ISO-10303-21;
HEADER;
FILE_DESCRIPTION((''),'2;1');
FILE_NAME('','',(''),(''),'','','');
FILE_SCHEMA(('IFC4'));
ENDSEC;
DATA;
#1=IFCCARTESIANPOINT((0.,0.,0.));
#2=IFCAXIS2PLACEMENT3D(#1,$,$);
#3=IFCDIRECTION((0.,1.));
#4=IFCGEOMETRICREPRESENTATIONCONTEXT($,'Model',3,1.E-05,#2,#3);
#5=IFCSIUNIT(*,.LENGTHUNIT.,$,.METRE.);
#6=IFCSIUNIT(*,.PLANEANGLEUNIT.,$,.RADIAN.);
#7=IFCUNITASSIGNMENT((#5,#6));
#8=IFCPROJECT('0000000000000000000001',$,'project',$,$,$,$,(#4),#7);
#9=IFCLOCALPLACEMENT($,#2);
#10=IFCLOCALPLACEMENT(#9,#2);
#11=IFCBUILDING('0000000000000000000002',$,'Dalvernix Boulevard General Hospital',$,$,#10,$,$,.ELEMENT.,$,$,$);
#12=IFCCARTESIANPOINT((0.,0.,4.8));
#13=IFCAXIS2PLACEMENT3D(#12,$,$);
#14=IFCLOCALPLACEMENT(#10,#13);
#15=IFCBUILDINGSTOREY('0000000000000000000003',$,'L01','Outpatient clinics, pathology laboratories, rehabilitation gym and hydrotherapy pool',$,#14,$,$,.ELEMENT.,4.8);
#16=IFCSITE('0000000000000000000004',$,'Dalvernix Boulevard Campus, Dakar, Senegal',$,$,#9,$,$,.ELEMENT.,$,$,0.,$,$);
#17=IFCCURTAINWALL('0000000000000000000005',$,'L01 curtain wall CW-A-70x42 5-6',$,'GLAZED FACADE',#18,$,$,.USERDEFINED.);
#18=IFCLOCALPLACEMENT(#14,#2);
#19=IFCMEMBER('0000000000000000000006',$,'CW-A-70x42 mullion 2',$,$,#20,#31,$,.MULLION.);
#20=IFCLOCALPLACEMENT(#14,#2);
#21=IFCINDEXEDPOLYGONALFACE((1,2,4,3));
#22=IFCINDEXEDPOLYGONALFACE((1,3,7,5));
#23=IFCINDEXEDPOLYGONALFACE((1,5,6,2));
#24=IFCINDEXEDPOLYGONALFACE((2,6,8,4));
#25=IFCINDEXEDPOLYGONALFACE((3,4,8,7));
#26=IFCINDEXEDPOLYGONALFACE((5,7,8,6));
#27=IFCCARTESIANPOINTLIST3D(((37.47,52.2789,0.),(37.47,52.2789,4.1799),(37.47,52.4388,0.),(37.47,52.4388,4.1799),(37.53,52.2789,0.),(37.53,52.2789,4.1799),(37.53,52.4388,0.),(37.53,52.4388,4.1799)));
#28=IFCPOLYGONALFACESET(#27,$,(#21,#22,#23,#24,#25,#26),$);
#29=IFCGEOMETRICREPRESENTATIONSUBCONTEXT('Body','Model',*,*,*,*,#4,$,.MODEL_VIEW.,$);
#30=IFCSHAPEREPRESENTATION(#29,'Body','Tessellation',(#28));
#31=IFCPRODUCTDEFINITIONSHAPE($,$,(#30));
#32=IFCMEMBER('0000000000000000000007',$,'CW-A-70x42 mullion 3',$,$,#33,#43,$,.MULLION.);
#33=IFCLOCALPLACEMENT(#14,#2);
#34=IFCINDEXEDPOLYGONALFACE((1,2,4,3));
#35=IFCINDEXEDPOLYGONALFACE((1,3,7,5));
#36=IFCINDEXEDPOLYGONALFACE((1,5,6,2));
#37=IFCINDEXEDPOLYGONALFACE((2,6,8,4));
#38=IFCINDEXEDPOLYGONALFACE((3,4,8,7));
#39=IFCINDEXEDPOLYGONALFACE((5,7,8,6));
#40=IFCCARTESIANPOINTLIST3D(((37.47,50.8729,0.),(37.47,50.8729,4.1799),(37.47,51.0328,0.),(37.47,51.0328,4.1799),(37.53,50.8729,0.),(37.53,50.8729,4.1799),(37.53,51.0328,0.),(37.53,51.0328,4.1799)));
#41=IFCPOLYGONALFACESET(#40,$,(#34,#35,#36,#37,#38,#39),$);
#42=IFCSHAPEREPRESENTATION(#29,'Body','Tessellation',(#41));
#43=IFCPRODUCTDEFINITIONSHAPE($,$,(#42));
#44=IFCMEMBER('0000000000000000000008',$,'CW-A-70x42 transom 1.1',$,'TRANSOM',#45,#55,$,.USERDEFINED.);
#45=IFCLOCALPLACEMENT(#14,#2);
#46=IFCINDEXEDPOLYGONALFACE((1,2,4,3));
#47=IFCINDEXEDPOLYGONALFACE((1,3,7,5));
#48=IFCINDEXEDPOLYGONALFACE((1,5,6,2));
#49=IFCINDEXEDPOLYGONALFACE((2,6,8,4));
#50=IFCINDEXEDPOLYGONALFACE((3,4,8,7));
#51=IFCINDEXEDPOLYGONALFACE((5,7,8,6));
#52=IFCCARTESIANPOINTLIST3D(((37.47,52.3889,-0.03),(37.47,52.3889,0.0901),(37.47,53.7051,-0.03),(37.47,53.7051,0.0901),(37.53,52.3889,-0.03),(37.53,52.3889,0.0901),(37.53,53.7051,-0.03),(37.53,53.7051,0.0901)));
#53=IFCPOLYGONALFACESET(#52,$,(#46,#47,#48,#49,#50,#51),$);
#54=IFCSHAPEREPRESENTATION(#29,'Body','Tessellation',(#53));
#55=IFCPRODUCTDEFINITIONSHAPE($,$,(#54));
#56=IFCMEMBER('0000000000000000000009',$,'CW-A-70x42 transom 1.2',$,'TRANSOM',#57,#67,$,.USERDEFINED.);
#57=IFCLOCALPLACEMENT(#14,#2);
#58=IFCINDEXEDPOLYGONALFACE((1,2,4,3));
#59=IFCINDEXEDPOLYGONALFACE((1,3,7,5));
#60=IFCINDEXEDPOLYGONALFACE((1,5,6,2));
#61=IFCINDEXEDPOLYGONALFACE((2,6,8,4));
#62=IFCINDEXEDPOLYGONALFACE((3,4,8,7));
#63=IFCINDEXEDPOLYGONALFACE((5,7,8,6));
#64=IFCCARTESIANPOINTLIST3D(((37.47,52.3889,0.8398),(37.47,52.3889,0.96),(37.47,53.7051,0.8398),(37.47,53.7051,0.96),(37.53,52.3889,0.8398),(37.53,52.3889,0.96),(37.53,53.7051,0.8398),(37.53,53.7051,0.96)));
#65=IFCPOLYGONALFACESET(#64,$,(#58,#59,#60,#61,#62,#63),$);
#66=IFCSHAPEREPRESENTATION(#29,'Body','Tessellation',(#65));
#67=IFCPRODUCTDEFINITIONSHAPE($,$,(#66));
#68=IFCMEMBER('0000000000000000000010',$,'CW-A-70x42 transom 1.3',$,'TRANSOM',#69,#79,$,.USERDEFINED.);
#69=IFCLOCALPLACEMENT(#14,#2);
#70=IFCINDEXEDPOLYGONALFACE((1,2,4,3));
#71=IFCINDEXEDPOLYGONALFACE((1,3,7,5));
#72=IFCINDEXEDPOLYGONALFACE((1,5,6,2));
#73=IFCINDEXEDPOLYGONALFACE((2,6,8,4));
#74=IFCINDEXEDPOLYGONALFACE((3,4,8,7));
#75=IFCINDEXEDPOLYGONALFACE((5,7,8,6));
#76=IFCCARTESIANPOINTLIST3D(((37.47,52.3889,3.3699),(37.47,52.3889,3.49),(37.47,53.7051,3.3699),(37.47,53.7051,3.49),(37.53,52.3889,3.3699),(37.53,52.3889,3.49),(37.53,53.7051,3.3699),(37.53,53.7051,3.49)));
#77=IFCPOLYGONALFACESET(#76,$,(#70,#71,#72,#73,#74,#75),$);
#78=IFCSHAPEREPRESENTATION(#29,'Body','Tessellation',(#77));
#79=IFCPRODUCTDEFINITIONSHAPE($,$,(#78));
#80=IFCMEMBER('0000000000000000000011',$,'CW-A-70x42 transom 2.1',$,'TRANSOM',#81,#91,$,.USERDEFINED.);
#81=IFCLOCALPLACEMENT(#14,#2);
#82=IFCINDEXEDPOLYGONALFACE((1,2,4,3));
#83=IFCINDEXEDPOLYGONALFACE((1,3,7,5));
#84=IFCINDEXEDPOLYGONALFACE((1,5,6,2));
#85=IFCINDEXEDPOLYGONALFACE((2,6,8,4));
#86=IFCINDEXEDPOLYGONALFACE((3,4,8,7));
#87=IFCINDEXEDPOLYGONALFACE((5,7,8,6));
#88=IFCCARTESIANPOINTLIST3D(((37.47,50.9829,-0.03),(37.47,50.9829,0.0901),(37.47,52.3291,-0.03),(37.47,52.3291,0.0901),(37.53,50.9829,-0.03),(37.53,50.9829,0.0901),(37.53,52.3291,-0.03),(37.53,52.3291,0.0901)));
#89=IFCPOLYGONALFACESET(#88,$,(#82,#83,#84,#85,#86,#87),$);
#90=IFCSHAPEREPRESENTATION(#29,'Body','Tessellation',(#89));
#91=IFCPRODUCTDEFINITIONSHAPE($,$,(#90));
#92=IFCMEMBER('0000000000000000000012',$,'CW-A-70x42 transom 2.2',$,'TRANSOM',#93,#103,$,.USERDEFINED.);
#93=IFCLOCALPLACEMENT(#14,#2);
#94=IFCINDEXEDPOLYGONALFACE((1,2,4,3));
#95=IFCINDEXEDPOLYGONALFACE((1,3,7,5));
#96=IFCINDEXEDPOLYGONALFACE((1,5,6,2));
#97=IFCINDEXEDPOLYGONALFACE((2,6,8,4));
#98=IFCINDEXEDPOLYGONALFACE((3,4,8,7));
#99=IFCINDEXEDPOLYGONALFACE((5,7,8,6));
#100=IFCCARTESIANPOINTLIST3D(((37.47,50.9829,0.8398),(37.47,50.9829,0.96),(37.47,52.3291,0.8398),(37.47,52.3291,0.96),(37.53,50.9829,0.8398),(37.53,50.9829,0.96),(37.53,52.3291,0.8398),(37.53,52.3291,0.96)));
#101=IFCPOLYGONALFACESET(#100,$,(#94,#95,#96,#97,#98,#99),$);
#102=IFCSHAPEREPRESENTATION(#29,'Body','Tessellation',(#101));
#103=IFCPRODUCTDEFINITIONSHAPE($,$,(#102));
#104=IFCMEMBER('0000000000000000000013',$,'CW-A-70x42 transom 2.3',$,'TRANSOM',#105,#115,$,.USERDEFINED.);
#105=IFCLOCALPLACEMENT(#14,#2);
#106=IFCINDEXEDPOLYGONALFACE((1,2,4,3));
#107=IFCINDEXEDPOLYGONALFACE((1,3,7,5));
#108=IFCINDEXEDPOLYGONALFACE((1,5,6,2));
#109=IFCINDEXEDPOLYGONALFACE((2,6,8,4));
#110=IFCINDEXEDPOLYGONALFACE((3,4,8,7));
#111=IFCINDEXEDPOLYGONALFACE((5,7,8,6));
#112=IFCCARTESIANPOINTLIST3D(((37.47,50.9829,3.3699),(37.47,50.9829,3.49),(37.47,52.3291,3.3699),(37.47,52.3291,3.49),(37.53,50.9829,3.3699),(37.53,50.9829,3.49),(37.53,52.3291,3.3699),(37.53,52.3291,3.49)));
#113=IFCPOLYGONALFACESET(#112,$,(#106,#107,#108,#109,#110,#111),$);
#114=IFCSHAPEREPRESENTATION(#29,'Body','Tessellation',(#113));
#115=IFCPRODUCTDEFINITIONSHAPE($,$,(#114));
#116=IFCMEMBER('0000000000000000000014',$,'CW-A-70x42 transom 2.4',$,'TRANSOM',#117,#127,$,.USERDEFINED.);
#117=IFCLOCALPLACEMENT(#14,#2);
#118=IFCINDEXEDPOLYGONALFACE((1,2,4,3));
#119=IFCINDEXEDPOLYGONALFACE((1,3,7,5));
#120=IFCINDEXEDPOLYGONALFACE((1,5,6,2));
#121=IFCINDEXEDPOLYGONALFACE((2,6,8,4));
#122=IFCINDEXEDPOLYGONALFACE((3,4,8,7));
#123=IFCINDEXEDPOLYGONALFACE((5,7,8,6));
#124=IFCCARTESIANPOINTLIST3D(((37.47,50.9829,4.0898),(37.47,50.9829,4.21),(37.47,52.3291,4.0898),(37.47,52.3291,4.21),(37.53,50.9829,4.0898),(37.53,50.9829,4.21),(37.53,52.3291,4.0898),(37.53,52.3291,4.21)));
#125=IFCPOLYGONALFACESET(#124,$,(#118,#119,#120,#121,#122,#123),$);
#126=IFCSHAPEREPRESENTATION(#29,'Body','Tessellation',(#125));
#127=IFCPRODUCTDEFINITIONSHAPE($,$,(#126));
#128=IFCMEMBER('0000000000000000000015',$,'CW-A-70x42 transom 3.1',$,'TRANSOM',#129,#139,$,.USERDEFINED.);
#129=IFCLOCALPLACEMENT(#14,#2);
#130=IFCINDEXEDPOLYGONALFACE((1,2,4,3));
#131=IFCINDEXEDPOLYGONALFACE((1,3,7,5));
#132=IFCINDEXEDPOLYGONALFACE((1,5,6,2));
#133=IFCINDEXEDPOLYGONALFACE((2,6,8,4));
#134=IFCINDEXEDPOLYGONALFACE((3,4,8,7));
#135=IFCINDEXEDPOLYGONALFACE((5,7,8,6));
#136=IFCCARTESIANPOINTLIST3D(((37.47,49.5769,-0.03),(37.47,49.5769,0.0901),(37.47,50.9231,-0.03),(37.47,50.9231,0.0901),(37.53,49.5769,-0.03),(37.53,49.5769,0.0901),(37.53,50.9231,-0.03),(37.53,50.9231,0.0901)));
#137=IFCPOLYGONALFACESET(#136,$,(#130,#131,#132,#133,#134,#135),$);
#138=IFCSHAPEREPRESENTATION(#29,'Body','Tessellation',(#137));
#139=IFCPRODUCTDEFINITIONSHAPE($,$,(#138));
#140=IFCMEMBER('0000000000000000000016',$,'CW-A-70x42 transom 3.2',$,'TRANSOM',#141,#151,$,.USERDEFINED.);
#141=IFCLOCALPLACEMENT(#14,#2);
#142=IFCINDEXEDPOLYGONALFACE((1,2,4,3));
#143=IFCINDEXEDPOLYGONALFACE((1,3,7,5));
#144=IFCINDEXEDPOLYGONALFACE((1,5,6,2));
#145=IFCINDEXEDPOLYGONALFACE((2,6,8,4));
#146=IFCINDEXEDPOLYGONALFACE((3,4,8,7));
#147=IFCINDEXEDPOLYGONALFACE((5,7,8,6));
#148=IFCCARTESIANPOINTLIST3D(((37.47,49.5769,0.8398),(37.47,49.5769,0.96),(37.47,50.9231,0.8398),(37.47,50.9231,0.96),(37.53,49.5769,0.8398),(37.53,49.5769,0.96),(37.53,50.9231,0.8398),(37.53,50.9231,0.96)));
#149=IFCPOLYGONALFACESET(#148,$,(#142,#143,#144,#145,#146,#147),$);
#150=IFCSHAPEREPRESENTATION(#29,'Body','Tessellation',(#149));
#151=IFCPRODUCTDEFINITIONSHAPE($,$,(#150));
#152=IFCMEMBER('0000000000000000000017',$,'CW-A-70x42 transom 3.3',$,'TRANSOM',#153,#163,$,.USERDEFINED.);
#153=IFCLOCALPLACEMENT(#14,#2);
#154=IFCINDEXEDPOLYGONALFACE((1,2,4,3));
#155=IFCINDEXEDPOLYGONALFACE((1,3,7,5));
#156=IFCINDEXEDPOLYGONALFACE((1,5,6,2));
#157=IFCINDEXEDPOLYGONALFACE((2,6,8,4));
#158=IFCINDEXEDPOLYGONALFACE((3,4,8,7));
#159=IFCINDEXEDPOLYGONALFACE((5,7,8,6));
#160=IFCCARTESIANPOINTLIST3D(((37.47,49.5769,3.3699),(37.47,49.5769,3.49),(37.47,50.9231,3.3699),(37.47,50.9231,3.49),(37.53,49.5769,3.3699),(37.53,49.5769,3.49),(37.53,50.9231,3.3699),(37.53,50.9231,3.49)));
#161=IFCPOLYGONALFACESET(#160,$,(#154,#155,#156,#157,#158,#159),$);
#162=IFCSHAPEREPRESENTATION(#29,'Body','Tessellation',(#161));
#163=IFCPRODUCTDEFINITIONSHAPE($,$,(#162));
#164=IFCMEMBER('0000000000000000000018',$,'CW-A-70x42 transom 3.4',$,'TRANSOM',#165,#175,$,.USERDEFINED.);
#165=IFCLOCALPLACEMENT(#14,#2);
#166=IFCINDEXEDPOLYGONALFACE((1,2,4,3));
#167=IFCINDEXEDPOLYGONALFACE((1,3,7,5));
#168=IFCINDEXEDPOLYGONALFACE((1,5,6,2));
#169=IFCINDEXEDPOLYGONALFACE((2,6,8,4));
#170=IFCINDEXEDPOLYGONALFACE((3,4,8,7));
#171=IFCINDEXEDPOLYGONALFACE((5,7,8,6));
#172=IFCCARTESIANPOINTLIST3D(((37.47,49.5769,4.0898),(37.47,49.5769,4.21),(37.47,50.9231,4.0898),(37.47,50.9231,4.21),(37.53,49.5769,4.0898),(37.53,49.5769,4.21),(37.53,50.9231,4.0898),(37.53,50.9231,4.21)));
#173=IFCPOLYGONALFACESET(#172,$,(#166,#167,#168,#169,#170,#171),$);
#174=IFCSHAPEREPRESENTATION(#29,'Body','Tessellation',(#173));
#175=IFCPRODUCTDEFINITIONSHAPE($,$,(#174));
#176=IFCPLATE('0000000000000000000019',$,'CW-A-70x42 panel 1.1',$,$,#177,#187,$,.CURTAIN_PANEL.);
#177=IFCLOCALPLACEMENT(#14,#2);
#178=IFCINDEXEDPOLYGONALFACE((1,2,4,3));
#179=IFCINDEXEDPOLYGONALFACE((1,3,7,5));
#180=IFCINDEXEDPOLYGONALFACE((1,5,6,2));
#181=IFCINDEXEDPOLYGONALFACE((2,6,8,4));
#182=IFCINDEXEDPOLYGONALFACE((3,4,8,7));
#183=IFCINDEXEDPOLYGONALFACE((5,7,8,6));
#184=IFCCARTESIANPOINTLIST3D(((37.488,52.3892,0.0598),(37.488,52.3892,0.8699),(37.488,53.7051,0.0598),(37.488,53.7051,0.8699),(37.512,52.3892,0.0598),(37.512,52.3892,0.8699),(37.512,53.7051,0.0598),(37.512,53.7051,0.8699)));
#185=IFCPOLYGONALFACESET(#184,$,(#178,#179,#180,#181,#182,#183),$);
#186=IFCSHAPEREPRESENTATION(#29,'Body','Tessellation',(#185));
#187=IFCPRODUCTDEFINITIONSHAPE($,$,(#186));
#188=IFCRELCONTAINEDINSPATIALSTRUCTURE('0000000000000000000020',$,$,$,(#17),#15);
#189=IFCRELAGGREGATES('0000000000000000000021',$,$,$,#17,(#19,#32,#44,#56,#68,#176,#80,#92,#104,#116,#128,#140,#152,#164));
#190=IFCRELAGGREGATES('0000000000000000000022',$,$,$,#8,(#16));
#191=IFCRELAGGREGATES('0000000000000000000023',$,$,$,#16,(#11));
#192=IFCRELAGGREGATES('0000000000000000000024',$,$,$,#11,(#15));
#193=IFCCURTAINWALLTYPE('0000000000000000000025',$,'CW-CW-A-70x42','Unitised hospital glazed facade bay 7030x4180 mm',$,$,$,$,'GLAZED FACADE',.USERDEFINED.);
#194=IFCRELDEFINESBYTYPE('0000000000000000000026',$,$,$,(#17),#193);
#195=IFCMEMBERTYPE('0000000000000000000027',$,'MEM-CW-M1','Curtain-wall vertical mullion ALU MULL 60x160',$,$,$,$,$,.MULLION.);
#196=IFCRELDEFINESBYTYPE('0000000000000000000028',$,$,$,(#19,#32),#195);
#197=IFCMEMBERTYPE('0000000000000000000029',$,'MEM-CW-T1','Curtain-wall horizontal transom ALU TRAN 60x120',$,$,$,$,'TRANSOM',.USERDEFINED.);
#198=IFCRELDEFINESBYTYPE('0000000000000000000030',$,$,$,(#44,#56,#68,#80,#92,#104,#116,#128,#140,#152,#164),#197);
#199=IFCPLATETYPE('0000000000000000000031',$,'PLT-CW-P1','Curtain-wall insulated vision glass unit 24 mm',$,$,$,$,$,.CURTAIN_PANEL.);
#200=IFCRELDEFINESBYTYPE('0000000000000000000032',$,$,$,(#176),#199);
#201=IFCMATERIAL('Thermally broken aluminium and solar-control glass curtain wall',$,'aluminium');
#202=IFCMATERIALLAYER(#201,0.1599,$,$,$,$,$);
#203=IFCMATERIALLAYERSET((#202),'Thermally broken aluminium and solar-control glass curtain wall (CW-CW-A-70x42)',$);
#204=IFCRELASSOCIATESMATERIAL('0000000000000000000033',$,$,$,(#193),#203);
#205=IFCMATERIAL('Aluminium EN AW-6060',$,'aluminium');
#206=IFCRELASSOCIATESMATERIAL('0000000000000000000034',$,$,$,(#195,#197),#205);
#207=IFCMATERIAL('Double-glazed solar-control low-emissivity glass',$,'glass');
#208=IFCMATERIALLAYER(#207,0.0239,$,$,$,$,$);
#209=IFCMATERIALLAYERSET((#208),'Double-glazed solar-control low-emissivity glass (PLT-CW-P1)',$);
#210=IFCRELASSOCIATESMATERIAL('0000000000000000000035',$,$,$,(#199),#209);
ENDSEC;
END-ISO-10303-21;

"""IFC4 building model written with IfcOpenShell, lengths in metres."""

from ifc_helpers import new_model, si_unit, direction, frame, origin, origin_2d, place, context, subcontext, project, spatial, rectangle, extrude, material, layer, layer_set, material_profile, profile_set, type_object, element, aggregate, save


model = new_model("IFC4")

# Units and contexts
model_context = context("Model", 3, precision=1e-05, world=origin(), true_north=direction((0.0, 1.0)))
body_context = subcontext(model_context, "Body", "Model", "MODEL_VIEW")
ifc_project = project(units=[si_unit("LENGTHUNIT", "METRE"), si_unit("PLANEANGLEUNIT", "RADIAN")], contexts=[model_context])

# Site, building, storey
site_placement = place(None, origin())
site = spatial("IfcSite", under=ifc_project, at=site_placement, Name="Dalvernix Boulevard Campus, Dakar, Senegal", CompositionType="ELEMENT", RefElevation=0.0)
building_placement = place(site_placement, origin())
building = spatial("IfcBuilding", under=site, at=building_placement, Name="Dalvernix Boulevard General Hospital", CompositionType="ELEMENT")
storey_placement = place(building_placement, frame((0.0, 0.0, 4.8)))
storey = spatial("IfcBuildingStorey", under=building, at=storey_placement, Name="L01", Description="Outpatient clinics, pathology laboratories, rehabilitation gym and hydrotherapy pool", CompositionType="ELEMENT", Elevation=4.8)

# Curtain wall, members, plate
ifc_material_1 = material(Name="Thermally broken aluminium and solar-control glass curtain wall", Category="aluminium")
ifc_layer_1 = layer(ifc_material_1, 0.1599)
ifc_layer_set_1 = layer_set([ifc_layer_1], Name="Thermally broken aluminium and solar-control glass curtain wall (CW-CW-A-70x42)")
curtain_wall_type = type_object("IfcCurtainWallType", Name="CW-CW-A-70x42", Description="Unitised hospital glazed facade bay 7030x4180 mm", ElementType="GLAZED FACADE", PredefinedType="USERDEFINED", material=ifc_layer_set_1)
curtain_wall_placement = place(storey_placement, origin())
curtain_wall = element("IfcCurtainWall", 1, at=curtain_wall_placement, inside=storey, type_object=curtain_wall_type, Name="L01 curtain wall CW-A-70x42 5-6", ObjectType="GLAZED FACADE", PredefinedType="USERDEFINED")
ifc_material_2 = material(Name="Aluminium EN AW-6060", Category="aluminium")
ifc_material_profile_1 = material_profile(ifc_material_2, rectangle(XDim=0.0601, YDim=0.1599, at=origin_2d()), Name="ALU MULL 60x160")
ifc_profile_set_1 = profile_set([ifc_material_profile_1], Name="Aluminium EN AW-6060")
member_type_1 = type_object("IfcMemberType", Name="MEM-CW-M1", Description="Curtain-wall vertical mullion ALU MULL 60x160", PredefinedType="MULLION", material=ifc_profile_set_1)
member_1_placement = place(storey_placement, frame((37.5, 52.3589, 0.0), z_axis=(0.0, 0.0, 1.0), x_axis=(1.0, 0.0, 0.0)))
member_1 = element("IfcMember", 2, at=member_1_placement, type_object=member_type_1, Name="CW-A-70x42 mullion 2", PredefinedType="MULLION", context=body_context, shape_type="SweptSolid", body=[
    extrude(rectangle(XDim=0.0601, YDim=0.1599, at=origin_2d()), origin(), (0.0, 0.0, 1.0), 4.1799),
])
member_2_placement = place(storey_placement, frame((37.5, 50.9529, 0.0), z_axis=(0.0, 0.0, 1.0), x_axis=(1.0, 0.0, 0.0)))
member_2 = element("IfcMember", 3, at=member_2_placement, type_object=member_type_1, Name="CW-A-70x42 mullion 3", PredefinedType="MULLION", context=body_context, shape_type="SweptSolid", body=[
    extrude(rectangle(XDim=0.0601, YDim=0.1599, at=origin_2d()), origin(), (0.0, 0.0, 1.0), 4.1799),
])
ifc_material_profile_2 = material_profile(ifc_material_2, rectangle(XDim=0.0601, YDim=0.1201, at=origin_2d()), Name="ALU TRAN 60x120")
ifc_profile_set_2 = profile_set([ifc_material_profile_2], Name="Aluminium EN AW-6060")
member_type_2 = type_object("IfcMemberType", Name="MEM-CW-T1", Description="Curtain-wall horizontal transom ALU TRAN 60x120", ElementType="TRANSOM", PredefinedType="USERDEFINED", material=ifc_profile_set_2)
member_3_placement = place(storey_placement, frame((37.5, 53.7051, 0.03), z_axis=(0.0, -1.0, 0.0), x_axis=(1.0, 0.0, 0.0)))
member_3 = element("IfcMember", 4, at=member_3_placement, type_object=member_type_2, Name="CW-A-70x42 transom 1.1", ObjectType="TRANSOM", PredefinedType="USERDEFINED", context=body_context, shape_type="SweptSolid", body=[
    extrude(rectangle(XDim=0.0601, YDim=0.1201, at=origin_2d()), origin(), (0.0, 0.0, 1.0), 1.3162),
])
member_4_placement = place(storey_placement, frame((37.5, 53.7051, 0.8999), z_axis=(0.0, -1.0, 0.0), x_axis=(1.0, 0.0, 0.0)))
member_4 = element("IfcMember", 5, at=member_4_placement, type_object=member_type_2, Name="CW-A-70x42 transom 1.2", ObjectType="TRANSOM", PredefinedType="USERDEFINED", context=body_context, shape_type="SweptSolid", body=[
    extrude(rectangle(XDim=0.0601, YDim=0.1201, at=origin_2d()), origin(), (0.0, 0.0, 1.0), 1.3162),
])
member_5_placement = place(storey_placement, frame((37.5, 53.7051, 3.4299), z_axis=(0.0, -1.0, 0.0), x_axis=(1.0, 0.0, 0.0)))
member_5 = element("IfcMember", 6, at=member_5_placement, type_object=member_type_2, Name="CW-A-70x42 transom 1.3", ObjectType="TRANSOM", PredefinedType="USERDEFINED", context=body_context, shape_type="SweptSolid", body=[
    extrude(rectangle(XDim=0.0601, YDim=0.1201, at=origin_2d()), origin(), (0.0, 0.0, 1.0), 1.3162),
])
member_6_placement = place(storey_placement, frame((37.5, 52.3291, 0.03), z_axis=(0.0, -1.0, 0.0), x_axis=(1.0, 0.0, 0.0)))
member_6 = element("IfcMember", 7, at=member_6_placement, type_object=member_type_2, Name="CW-A-70x42 transom 2.1", ObjectType="TRANSOM", PredefinedType="USERDEFINED", context=body_context, shape_type="SweptSolid", body=[
    extrude(rectangle(XDim=0.0601, YDim=0.1201, at=origin_2d()), origin(), (0.0, 0.0, 1.0), 1.3462),
])
member_7_placement = place(storey_placement, frame((37.5, 52.3291, 0.8999), z_axis=(0.0, -1.0, 0.0), x_axis=(1.0, 0.0, 0.0)))
member_7 = element("IfcMember", 8, at=member_7_placement, type_object=member_type_2, Name="CW-A-70x42 transom 2.2", ObjectType="TRANSOM", PredefinedType="USERDEFINED", context=body_context, shape_type="SweptSolid", body=[
    extrude(rectangle(XDim=0.0601, YDim=0.1201, at=origin_2d()), origin(), (0.0, 0.0, 1.0), 1.3462),
])
member_8_placement = place(storey_placement, frame((37.5, 52.3291, 3.4299), z_axis=(0.0, -1.0, 0.0), x_axis=(1.0, 0.0, 0.0)))
member_8 = element("IfcMember", 9, at=member_8_placement, type_object=member_type_2, Name="CW-A-70x42 transom 2.3", ObjectType="TRANSOM", PredefinedType="USERDEFINED", context=body_context, shape_type="SweptSolid", body=[
    extrude(rectangle(XDim=0.0601, YDim=0.1201, at=origin_2d()), origin(), (0.0, 0.0, 1.0), 1.3462),
])
member_9_placement = place(storey_placement, frame((37.5, 52.3291, 4.1499), z_axis=(0.0, -1.0, 0.0), x_axis=(1.0, 0.0, 0.0)))
member_9 = element("IfcMember", 10, at=member_9_placement, type_object=member_type_2, Name="CW-A-70x42 transom 2.4", ObjectType="TRANSOM", PredefinedType="USERDEFINED", context=body_context, shape_type="SweptSolid", body=[
    extrude(rectangle(XDim=0.0601, YDim=0.1201, at=origin_2d()), origin(), (0.0, 0.0, 1.0), 1.3462),
])
member_10_placement = place(storey_placement, frame((37.5, 50.9231, 0.03), z_axis=(0.0, -1.0, 0.0), x_axis=(1.0, 0.0, 0.0)))
member_10 = element("IfcMember", 11, at=member_10_placement, type_object=member_type_2, Name="CW-A-70x42 transom 3.1", ObjectType="TRANSOM", PredefinedType="USERDEFINED", context=body_context, shape_type="SweptSolid", body=[
    extrude(rectangle(XDim=0.0601, YDim=0.1201, at=origin_2d()), origin(), (0.0, 0.0, 1.0), 1.3462),
])
member_11_placement = place(storey_placement, frame((37.5, 50.9231, 0.8999), z_axis=(0.0, -1.0, 0.0), x_axis=(1.0, 0.0, 0.0)))
member_11 = element("IfcMember", 12, at=member_11_placement, type_object=member_type_2, Name="CW-A-70x42 transom 3.2", ObjectType="TRANSOM", PredefinedType="USERDEFINED", context=body_context, shape_type="SweptSolid", body=[
    extrude(rectangle(XDim=0.0601, YDim=0.1201, at=origin_2d()), origin(), (0.0, 0.0, 1.0), 1.3462),
])
member_12_placement = place(storey_placement, frame((37.5, 50.9231, 3.4299), z_axis=(0.0, -1.0, 0.0), x_axis=(1.0, 0.0, 0.0)))
member_12 = element("IfcMember", 13, at=member_12_placement, type_object=member_type_2, Name="CW-A-70x42 transom 3.3", ObjectType="TRANSOM", PredefinedType="USERDEFINED", context=body_context, shape_type="SweptSolid", body=[
    extrude(rectangle(XDim=0.0601, YDim=0.1201, at=origin_2d()), origin(), (0.0, 0.0, 1.0), 1.3462),
])
member_13_placement = place(storey_placement, frame((37.5, 50.9231, 4.1499), z_axis=(0.0, -1.0, 0.0), x_axis=(1.0, 0.0, 0.0)))
member_13 = element("IfcMember", 14, at=member_13_placement, type_object=member_type_2, Name="CW-A-70x42 transom 3.4", ObjectType="TRANSOM", PredefinedType="USERDEFINED", context=body_context, shape_type="SweptSolid", body=[
    extrude(rectangle(XDim=0.0601, YDim=0.1201, at=origin_2d()), origin(), (0.0, 0.0, 1.0), 1.3462),
])
ifc_material_3 = material(Name="Double-glazed solar-control low-emissivity glass", Category="glass")
ifc_layer_2 = layer(ifc_material_3, 0.0239)
ifc_layer_set_2 = layer_set([ifc_layer_2], Name="Double-glazed solar-control low-emissivity glass (PLT-CW-P1)")
plate_type = type_object("IfcPlateType", Name="PLT-CW-P1", Description="Curtain-wall insulated vision glass unit 24 mm", PredefinedType="CURTAIN_PANEL", material=ifc_layer_set_2)
plate_1_placement = place(storey_placement, frame((37.5, 53.0471, 0.0598), z_axis=(0.0, 0.0, 1.0), x_axis=(0.0, -1.0, 0.0)))
plate_1 = element("IfcPlate", 15, at=plate_1_placement, type_object=plate_type, Name="CW-A-70x42 panel 1.1", PredefinedType="CURTAIN_PANEL", context=body_context, shape_type="SweptSolid", body=[
    extrude(rectangle(XDim=1.3159, YDim=0.0239, at=origin_2d()), origin(), (0.0, 0.0, 1.0), 0.8101),
])
aggregate(curtain_wall, [member_1, member_2, member_3, member_4, member_5, plate_1, member_6, member_7, member_8, member_9, member_10, member_11, member_12, member_13])

save(model, "model.ifc")
